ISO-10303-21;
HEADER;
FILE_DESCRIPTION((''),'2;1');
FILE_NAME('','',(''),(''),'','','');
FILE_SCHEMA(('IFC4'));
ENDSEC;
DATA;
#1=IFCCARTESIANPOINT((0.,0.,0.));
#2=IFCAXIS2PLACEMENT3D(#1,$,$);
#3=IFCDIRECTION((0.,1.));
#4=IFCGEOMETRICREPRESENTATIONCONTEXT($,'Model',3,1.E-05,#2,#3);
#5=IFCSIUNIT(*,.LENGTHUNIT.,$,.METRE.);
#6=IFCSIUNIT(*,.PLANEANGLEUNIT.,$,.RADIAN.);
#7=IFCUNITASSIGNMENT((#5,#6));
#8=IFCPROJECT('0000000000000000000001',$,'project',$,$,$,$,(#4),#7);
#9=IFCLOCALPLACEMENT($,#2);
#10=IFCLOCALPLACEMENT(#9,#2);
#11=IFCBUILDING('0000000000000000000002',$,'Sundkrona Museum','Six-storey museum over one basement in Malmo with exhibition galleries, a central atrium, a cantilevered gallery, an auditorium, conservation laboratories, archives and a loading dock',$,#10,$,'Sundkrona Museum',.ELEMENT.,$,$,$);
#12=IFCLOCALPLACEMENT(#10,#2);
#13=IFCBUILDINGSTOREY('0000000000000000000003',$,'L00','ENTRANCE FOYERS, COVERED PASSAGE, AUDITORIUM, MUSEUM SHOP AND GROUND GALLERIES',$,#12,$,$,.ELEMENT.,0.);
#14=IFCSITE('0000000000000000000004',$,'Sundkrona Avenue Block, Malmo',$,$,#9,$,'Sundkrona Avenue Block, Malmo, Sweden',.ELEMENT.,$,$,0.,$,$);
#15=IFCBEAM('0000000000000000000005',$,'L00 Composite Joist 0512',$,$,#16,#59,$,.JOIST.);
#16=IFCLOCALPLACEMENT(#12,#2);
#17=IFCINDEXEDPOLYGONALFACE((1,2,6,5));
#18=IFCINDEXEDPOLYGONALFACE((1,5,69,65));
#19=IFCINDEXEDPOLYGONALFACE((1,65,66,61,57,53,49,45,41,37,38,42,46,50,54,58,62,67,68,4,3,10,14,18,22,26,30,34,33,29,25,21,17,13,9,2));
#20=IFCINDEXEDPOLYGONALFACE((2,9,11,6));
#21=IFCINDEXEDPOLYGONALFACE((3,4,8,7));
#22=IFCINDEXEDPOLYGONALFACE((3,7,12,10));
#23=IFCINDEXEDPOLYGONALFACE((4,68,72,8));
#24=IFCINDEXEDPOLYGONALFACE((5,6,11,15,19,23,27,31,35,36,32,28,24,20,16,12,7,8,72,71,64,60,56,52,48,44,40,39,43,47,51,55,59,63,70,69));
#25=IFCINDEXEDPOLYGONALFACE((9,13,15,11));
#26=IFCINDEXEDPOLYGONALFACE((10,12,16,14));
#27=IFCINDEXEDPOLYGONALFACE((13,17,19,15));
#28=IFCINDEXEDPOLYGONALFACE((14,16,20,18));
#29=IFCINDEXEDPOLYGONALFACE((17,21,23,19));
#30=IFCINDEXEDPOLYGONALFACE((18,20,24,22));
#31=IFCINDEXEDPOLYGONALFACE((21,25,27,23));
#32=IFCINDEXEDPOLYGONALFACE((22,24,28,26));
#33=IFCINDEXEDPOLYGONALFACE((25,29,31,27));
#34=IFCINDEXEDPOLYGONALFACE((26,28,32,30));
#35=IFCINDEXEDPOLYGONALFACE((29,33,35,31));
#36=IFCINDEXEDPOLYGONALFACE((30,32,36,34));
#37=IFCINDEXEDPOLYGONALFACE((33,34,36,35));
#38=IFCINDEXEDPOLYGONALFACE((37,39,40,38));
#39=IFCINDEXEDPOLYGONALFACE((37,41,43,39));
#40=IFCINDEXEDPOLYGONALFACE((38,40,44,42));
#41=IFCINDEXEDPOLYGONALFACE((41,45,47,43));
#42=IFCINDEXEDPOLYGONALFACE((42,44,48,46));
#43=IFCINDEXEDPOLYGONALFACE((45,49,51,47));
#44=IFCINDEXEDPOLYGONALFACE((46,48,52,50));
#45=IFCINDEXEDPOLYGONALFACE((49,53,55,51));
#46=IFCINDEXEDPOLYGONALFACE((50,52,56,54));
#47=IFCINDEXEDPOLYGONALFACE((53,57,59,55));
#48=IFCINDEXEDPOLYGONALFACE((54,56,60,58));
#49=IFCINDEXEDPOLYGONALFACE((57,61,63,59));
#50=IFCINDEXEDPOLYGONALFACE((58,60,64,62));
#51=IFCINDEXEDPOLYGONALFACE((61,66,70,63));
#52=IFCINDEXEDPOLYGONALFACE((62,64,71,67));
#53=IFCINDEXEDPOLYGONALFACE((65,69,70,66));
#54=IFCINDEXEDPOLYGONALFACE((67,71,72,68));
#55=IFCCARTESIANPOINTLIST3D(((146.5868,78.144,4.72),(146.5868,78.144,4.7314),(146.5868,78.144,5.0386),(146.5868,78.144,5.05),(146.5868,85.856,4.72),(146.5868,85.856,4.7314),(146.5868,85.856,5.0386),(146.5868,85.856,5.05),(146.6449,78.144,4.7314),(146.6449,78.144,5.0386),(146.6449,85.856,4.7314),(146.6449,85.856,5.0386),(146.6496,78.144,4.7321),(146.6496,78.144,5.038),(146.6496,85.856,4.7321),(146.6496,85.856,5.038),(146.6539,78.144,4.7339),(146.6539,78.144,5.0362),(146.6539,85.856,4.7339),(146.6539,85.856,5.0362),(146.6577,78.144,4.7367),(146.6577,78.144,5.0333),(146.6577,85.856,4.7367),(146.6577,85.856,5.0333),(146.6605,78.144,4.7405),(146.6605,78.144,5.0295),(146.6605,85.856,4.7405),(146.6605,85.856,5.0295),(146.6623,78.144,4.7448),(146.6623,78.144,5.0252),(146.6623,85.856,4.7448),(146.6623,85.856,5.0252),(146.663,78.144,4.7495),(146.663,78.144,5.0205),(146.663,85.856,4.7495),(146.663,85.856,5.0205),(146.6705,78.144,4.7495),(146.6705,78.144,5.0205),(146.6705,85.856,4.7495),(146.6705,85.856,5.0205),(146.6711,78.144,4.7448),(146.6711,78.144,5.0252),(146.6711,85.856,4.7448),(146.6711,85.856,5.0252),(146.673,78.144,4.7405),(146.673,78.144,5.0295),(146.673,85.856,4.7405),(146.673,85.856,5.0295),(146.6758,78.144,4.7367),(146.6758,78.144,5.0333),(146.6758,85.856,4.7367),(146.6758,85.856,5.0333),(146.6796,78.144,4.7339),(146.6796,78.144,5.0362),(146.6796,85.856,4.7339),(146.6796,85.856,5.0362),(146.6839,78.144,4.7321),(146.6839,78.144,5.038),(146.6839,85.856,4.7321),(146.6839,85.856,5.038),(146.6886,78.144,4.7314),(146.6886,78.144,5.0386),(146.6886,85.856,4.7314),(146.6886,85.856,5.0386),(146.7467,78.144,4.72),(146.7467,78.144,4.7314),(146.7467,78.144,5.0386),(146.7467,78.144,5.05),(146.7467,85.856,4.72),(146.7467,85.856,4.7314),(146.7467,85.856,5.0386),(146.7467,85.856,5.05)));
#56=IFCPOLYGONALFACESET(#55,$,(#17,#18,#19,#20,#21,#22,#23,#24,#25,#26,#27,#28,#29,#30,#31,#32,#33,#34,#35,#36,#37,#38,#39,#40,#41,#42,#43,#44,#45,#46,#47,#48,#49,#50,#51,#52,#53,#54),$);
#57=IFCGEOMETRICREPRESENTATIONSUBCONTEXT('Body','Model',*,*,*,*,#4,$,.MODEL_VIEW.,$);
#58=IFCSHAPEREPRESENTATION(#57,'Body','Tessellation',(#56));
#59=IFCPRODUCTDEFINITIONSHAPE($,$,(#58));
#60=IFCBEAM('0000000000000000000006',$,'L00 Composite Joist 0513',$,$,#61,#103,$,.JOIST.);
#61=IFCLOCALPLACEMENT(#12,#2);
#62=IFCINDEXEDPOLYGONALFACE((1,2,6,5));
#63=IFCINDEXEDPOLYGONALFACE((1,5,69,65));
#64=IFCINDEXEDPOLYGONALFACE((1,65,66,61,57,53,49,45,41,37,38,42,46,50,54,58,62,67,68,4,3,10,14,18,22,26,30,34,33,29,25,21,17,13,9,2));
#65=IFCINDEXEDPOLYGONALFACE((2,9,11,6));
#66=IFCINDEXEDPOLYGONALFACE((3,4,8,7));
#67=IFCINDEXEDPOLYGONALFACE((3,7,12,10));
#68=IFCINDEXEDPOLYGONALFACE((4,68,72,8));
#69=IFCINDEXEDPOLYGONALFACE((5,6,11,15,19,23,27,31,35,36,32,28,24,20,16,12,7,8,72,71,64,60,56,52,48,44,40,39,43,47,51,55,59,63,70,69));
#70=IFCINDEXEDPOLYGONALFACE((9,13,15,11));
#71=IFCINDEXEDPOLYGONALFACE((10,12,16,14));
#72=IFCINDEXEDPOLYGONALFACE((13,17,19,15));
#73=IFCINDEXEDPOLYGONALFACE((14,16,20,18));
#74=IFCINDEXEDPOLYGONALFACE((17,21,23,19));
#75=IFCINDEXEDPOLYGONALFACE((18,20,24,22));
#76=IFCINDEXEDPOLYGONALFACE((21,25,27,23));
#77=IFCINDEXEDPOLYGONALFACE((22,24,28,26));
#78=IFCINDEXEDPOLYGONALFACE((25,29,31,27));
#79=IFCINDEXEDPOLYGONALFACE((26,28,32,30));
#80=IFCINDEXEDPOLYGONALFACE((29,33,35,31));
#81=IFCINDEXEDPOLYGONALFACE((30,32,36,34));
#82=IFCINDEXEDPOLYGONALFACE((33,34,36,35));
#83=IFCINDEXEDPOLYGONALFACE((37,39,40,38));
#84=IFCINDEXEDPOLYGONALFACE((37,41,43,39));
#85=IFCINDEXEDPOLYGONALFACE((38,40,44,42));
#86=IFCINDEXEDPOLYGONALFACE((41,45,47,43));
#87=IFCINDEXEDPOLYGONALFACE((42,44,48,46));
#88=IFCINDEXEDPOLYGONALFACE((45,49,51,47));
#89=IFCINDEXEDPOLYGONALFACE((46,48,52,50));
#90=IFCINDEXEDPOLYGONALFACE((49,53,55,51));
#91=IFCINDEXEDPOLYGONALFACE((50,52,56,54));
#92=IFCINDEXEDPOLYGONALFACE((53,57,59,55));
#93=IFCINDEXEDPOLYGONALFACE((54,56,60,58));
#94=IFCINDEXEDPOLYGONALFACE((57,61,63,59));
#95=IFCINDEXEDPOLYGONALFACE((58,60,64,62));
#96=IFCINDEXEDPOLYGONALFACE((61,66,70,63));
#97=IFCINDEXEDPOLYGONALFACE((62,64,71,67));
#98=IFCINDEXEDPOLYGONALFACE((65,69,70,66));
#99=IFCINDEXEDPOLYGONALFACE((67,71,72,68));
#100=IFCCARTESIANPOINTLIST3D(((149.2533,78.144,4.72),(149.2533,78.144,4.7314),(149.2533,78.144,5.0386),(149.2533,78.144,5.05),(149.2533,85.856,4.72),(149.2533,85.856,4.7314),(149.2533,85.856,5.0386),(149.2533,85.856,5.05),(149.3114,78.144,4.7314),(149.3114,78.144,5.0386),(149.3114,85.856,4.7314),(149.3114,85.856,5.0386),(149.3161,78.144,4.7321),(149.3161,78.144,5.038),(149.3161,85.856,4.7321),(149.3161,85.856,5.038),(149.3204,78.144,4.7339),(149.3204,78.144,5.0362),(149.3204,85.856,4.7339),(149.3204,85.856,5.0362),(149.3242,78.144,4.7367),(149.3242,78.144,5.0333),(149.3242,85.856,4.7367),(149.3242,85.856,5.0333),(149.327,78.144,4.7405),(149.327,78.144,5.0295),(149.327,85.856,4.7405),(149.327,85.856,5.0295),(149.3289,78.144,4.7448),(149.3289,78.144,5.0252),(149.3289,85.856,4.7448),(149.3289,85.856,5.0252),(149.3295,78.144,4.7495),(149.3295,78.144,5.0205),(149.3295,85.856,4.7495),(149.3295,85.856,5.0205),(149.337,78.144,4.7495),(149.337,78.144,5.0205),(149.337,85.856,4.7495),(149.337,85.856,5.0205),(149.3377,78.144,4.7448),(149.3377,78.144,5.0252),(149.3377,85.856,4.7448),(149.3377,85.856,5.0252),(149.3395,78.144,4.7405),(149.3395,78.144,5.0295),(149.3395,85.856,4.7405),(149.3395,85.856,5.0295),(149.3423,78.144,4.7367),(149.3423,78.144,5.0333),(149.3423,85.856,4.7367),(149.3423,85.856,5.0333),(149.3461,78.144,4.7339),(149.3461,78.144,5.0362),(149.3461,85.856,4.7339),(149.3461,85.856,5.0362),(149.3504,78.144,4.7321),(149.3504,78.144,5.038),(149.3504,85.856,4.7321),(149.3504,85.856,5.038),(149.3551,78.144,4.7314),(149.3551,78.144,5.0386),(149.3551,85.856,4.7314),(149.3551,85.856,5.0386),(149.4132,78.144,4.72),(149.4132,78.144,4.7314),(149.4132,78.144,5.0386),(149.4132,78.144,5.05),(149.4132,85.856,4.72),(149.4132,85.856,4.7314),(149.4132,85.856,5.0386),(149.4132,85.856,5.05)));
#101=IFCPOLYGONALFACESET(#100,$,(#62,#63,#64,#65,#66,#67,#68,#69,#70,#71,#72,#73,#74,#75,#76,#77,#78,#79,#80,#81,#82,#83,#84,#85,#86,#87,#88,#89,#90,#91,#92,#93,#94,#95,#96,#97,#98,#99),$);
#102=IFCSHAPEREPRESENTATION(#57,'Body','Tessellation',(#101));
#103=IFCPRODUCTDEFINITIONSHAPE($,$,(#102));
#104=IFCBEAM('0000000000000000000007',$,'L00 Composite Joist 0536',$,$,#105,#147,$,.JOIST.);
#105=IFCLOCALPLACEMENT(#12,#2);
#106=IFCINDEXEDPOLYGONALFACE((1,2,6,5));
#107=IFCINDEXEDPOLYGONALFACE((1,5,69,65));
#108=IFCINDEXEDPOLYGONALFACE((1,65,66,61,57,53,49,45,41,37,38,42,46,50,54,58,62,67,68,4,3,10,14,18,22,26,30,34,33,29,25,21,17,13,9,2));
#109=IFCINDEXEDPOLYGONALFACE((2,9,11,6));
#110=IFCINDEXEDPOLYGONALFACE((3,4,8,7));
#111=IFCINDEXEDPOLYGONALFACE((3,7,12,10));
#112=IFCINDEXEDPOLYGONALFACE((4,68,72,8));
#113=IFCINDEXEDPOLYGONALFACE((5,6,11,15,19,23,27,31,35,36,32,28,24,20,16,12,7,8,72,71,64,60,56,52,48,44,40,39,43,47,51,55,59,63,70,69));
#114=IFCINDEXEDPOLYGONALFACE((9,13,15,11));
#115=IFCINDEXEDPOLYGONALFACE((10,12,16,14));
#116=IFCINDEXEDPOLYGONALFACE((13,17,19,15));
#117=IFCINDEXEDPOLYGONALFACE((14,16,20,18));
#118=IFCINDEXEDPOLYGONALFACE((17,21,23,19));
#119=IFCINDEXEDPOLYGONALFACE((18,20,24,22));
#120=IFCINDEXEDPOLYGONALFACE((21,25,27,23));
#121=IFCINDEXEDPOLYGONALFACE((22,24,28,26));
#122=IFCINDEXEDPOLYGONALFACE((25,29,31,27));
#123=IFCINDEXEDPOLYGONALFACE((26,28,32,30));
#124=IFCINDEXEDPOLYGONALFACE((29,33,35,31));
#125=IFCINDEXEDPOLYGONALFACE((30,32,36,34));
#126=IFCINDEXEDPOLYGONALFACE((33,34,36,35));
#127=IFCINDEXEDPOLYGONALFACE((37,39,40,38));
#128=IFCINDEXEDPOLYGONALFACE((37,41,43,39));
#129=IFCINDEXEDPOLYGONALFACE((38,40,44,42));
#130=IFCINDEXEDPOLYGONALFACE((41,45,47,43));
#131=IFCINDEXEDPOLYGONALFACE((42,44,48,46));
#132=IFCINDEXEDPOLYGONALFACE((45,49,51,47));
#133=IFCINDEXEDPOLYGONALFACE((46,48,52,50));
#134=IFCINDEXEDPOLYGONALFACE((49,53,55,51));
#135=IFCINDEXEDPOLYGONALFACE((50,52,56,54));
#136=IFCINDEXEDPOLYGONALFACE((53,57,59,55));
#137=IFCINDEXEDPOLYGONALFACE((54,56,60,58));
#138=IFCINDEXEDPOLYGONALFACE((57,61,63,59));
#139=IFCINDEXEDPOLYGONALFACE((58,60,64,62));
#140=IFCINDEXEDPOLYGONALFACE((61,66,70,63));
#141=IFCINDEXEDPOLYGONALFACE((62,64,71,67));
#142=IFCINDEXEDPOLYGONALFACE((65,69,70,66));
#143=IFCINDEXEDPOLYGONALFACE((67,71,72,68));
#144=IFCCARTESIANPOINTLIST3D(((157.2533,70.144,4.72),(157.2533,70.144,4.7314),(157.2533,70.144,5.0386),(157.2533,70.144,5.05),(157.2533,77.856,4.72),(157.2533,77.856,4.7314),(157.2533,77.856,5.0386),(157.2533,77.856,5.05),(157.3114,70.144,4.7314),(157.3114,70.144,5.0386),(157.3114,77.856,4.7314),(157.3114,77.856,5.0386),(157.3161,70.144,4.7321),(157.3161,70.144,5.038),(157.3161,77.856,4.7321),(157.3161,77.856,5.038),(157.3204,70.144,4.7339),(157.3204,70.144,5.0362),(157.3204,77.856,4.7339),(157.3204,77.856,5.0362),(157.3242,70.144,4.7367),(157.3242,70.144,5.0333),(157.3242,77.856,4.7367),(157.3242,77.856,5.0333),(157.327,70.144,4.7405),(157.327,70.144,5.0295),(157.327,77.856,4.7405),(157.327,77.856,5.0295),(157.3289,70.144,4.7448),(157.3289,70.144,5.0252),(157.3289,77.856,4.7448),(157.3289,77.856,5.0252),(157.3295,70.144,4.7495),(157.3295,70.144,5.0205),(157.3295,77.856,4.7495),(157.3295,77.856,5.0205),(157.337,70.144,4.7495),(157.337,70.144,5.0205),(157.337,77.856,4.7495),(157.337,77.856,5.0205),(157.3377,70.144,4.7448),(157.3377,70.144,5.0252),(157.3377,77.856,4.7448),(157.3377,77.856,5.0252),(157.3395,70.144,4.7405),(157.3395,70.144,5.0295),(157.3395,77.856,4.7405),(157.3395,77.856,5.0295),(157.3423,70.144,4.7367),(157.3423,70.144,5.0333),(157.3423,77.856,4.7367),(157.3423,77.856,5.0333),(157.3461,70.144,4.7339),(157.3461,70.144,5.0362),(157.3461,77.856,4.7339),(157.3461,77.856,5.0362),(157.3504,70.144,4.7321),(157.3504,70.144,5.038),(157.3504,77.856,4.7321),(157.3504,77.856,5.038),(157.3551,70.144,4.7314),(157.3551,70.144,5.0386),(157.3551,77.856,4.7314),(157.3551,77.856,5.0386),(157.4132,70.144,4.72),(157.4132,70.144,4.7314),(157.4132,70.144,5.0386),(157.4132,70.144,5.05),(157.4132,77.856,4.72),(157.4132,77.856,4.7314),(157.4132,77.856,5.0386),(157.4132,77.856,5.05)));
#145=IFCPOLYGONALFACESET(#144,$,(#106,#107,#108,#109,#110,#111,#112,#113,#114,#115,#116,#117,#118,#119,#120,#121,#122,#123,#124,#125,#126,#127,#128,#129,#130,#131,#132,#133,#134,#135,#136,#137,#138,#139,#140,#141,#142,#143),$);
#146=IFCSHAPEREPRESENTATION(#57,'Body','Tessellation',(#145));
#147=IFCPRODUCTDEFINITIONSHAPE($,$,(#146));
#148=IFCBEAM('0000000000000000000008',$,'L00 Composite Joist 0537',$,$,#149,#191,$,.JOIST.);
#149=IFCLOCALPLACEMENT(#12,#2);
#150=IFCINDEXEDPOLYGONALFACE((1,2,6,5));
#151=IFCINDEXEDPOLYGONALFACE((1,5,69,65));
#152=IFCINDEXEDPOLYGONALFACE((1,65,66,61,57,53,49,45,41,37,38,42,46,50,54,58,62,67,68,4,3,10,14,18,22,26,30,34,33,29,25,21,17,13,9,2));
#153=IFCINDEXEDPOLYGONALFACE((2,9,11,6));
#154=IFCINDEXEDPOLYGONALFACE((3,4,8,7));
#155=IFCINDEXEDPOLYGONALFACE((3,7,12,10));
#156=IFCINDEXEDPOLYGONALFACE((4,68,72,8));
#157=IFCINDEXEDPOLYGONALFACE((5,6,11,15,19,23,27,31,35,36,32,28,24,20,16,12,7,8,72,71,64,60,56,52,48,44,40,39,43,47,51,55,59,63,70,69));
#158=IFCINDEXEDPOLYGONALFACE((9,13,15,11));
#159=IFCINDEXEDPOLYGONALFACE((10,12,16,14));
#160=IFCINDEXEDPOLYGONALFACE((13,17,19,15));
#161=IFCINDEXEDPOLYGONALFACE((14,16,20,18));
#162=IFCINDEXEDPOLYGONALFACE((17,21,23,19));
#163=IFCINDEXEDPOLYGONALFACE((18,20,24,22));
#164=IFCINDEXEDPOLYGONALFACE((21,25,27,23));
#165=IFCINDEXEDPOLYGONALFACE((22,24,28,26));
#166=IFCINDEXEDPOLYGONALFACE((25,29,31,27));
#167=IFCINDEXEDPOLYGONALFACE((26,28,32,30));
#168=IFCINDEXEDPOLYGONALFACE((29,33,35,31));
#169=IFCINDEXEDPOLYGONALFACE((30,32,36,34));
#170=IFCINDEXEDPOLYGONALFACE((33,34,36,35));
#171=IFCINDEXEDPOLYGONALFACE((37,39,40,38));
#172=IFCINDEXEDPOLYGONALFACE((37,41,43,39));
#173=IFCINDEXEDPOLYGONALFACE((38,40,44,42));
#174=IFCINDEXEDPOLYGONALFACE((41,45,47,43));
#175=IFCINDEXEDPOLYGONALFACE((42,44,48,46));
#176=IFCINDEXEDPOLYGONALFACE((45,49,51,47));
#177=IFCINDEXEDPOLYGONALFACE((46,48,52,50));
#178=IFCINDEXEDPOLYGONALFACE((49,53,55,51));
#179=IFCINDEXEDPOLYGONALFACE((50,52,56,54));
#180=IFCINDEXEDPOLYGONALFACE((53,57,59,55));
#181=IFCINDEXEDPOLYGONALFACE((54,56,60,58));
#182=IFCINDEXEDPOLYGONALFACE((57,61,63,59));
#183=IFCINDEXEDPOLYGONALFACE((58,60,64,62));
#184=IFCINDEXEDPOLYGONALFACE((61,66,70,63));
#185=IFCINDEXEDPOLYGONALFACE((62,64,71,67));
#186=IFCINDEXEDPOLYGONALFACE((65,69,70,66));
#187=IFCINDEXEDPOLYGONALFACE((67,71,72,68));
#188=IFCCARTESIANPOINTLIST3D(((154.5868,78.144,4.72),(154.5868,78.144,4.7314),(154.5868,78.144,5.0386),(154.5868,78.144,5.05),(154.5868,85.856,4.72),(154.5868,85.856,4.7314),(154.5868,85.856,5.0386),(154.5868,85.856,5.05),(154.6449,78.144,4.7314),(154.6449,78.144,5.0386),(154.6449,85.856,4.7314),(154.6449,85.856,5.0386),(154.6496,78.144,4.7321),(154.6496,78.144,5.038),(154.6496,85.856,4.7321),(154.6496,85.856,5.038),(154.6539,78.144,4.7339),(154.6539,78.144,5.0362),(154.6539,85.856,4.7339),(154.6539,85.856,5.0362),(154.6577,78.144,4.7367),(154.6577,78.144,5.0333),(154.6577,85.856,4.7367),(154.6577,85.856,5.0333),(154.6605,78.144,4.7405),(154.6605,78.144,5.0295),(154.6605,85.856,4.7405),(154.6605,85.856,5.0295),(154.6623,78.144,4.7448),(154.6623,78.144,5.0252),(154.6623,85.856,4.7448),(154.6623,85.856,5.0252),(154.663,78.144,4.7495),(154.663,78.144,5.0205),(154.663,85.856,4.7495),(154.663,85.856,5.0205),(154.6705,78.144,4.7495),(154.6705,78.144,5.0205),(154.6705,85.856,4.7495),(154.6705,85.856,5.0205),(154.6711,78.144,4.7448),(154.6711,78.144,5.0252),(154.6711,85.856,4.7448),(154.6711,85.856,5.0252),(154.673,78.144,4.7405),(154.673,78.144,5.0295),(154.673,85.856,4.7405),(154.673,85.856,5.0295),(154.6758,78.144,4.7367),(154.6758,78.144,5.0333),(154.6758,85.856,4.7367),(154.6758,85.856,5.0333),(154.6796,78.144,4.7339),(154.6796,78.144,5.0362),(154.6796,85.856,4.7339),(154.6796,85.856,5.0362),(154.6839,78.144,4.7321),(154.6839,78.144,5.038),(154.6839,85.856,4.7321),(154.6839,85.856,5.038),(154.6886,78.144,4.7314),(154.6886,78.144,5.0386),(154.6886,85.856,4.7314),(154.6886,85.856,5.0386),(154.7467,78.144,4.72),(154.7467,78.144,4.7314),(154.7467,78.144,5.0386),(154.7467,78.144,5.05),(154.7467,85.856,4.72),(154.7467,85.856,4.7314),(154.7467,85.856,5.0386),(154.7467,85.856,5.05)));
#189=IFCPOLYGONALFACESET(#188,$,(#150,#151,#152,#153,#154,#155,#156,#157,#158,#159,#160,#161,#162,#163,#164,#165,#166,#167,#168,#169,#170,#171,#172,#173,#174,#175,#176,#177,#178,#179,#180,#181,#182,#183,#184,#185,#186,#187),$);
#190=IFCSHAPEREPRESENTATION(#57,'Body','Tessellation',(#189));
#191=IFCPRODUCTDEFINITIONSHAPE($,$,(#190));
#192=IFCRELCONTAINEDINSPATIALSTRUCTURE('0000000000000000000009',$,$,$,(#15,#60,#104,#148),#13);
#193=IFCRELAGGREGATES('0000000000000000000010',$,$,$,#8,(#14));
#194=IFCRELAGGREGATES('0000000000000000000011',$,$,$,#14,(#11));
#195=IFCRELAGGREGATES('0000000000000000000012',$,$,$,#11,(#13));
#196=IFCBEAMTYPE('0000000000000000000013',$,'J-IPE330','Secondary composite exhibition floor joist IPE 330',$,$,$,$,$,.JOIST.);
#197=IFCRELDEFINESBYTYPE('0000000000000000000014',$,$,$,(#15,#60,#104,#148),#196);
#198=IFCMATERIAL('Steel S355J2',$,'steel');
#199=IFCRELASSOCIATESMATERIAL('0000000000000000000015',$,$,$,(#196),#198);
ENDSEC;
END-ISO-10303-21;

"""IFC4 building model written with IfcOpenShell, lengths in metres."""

from ifc_helpers import new_model, si_unit, direction, frame, origin, origin_2d, place, context, subcontext, project, spatial, i_section, extrude, material, material_profile, profile_set, type_object, element, save


model = new_model("IFC4")

# Units and contexts
model_context = context("Model", 3, precision=1e-05, world=origin(), true_north=direction((0.0, 1.0)))
body_context = subcontext(model_context, "Body", "Model", "MODEL_VIEW")
ifc_project = project(units=[si_unit("LENGTHUNIT", "METRE"), si_unit("PLANEANGLEUNIT", "RADIAN")], contexts=[model_context])

# Site, building, storey
site_placement = place(None, origin())
site = spatial("IfcSite", under=ifc_project, at=site_placement, Name="Sundkrona Avenue Block, Malmo", LongName="Sundkrona Avenue Block, Malmo, Sweden", CompositionType="ELEMENT", RefElevation=0.0)
building_placement = place(site_placement, origin())
building = spatial("IfcBuilding", under=site, at=building_placement, Name="Sundkrona Museum", Description="Six-storey museum over one basement in Malmo with exhibition galleries, a central atrium, a cantilevered gallery, an auditorium, conservation laboratories, archives and a loading dock", LongName="Sundkrona Museum", CompositionType="ELEMENT")
storey_placement = place(building_placement, origin())
storey = spatial("IfcBuildingStorey", under=building, at=storey_placement, Name="L00", Description="ENTRANCE FOYERS, COVERED PASSAGE, AUDITORIUM, MUSEUM SHOP AND GROUND GALLERIES", CompositionType="ELEMENT", Elevation=0.0)

# Shared definitions
ifc_material_1 = material(Name="Steel S355J2", Category="steel")

# Beams
ifc_material_profile_1 = material_profile(ifc_material_1, i_section(OverallWidth=0.1599, OverallDepth=0.3301, WebThickness=0.0076, FlangeThickness=0.0115, FilletRadius=0.0181, at=origin_2d()), Name="IPE 330")
ifc_profile_set_1 = profile_set([ifc_material_profile_1], Name="Steel S355J2")
beam_type_1 = type_object("IfcBeamType", Name="J-IPE330", Description="Secondary composite exhibition floor joist IPE 330", PredefinedType="JOIST", material=ifc_profile_set_1)
for number, where, z_axis, x_axis, name in (
    (1, (146.6667, 78.144, 4.885), (0.0, 1.0, 0.0), (-1.0, 0.0, 0.0), "L00 Composite Joist 0512"),
    (2, (149.3333, 78.144, 4.885), (0.0, 1.0, 0.0), (-1.0, 0.0, 0.0), "L00 Composite Joist 0513"),
    (3, (157.3333, 70.144, 4.885), (0.0, 1.0, 0.0), (-1.0, 0.0, 0.0), "L00 Composite Joist 0536"),
    (4, (154.6667, 78.144, 4.885), (0.0, 1.0, 0.0), (-1.0, 0.0, 0.0), "L00 Composite Joist 0537"),
):
    element("IfcBeam", number, at=place(storey_placement, frame(where, z_axis=z_axis, x_axis=x_axis)), inside=storey, type_object=beam_type_1, Name=name, PredefinedType="JOIST", context=body_context, shape_type="SweptSolid", body=[
        extrude(i_section(OverallWidth=0.1599, OverallDepth=0.3301, WebThickness=0.0076, FlangeThickness=0.0115, FilletRadius=0.0181, at=origin_2d()), origin(), (0.0, 0.0, 1.0), 7.7119),
    ])

save(model, "model.ifc")
